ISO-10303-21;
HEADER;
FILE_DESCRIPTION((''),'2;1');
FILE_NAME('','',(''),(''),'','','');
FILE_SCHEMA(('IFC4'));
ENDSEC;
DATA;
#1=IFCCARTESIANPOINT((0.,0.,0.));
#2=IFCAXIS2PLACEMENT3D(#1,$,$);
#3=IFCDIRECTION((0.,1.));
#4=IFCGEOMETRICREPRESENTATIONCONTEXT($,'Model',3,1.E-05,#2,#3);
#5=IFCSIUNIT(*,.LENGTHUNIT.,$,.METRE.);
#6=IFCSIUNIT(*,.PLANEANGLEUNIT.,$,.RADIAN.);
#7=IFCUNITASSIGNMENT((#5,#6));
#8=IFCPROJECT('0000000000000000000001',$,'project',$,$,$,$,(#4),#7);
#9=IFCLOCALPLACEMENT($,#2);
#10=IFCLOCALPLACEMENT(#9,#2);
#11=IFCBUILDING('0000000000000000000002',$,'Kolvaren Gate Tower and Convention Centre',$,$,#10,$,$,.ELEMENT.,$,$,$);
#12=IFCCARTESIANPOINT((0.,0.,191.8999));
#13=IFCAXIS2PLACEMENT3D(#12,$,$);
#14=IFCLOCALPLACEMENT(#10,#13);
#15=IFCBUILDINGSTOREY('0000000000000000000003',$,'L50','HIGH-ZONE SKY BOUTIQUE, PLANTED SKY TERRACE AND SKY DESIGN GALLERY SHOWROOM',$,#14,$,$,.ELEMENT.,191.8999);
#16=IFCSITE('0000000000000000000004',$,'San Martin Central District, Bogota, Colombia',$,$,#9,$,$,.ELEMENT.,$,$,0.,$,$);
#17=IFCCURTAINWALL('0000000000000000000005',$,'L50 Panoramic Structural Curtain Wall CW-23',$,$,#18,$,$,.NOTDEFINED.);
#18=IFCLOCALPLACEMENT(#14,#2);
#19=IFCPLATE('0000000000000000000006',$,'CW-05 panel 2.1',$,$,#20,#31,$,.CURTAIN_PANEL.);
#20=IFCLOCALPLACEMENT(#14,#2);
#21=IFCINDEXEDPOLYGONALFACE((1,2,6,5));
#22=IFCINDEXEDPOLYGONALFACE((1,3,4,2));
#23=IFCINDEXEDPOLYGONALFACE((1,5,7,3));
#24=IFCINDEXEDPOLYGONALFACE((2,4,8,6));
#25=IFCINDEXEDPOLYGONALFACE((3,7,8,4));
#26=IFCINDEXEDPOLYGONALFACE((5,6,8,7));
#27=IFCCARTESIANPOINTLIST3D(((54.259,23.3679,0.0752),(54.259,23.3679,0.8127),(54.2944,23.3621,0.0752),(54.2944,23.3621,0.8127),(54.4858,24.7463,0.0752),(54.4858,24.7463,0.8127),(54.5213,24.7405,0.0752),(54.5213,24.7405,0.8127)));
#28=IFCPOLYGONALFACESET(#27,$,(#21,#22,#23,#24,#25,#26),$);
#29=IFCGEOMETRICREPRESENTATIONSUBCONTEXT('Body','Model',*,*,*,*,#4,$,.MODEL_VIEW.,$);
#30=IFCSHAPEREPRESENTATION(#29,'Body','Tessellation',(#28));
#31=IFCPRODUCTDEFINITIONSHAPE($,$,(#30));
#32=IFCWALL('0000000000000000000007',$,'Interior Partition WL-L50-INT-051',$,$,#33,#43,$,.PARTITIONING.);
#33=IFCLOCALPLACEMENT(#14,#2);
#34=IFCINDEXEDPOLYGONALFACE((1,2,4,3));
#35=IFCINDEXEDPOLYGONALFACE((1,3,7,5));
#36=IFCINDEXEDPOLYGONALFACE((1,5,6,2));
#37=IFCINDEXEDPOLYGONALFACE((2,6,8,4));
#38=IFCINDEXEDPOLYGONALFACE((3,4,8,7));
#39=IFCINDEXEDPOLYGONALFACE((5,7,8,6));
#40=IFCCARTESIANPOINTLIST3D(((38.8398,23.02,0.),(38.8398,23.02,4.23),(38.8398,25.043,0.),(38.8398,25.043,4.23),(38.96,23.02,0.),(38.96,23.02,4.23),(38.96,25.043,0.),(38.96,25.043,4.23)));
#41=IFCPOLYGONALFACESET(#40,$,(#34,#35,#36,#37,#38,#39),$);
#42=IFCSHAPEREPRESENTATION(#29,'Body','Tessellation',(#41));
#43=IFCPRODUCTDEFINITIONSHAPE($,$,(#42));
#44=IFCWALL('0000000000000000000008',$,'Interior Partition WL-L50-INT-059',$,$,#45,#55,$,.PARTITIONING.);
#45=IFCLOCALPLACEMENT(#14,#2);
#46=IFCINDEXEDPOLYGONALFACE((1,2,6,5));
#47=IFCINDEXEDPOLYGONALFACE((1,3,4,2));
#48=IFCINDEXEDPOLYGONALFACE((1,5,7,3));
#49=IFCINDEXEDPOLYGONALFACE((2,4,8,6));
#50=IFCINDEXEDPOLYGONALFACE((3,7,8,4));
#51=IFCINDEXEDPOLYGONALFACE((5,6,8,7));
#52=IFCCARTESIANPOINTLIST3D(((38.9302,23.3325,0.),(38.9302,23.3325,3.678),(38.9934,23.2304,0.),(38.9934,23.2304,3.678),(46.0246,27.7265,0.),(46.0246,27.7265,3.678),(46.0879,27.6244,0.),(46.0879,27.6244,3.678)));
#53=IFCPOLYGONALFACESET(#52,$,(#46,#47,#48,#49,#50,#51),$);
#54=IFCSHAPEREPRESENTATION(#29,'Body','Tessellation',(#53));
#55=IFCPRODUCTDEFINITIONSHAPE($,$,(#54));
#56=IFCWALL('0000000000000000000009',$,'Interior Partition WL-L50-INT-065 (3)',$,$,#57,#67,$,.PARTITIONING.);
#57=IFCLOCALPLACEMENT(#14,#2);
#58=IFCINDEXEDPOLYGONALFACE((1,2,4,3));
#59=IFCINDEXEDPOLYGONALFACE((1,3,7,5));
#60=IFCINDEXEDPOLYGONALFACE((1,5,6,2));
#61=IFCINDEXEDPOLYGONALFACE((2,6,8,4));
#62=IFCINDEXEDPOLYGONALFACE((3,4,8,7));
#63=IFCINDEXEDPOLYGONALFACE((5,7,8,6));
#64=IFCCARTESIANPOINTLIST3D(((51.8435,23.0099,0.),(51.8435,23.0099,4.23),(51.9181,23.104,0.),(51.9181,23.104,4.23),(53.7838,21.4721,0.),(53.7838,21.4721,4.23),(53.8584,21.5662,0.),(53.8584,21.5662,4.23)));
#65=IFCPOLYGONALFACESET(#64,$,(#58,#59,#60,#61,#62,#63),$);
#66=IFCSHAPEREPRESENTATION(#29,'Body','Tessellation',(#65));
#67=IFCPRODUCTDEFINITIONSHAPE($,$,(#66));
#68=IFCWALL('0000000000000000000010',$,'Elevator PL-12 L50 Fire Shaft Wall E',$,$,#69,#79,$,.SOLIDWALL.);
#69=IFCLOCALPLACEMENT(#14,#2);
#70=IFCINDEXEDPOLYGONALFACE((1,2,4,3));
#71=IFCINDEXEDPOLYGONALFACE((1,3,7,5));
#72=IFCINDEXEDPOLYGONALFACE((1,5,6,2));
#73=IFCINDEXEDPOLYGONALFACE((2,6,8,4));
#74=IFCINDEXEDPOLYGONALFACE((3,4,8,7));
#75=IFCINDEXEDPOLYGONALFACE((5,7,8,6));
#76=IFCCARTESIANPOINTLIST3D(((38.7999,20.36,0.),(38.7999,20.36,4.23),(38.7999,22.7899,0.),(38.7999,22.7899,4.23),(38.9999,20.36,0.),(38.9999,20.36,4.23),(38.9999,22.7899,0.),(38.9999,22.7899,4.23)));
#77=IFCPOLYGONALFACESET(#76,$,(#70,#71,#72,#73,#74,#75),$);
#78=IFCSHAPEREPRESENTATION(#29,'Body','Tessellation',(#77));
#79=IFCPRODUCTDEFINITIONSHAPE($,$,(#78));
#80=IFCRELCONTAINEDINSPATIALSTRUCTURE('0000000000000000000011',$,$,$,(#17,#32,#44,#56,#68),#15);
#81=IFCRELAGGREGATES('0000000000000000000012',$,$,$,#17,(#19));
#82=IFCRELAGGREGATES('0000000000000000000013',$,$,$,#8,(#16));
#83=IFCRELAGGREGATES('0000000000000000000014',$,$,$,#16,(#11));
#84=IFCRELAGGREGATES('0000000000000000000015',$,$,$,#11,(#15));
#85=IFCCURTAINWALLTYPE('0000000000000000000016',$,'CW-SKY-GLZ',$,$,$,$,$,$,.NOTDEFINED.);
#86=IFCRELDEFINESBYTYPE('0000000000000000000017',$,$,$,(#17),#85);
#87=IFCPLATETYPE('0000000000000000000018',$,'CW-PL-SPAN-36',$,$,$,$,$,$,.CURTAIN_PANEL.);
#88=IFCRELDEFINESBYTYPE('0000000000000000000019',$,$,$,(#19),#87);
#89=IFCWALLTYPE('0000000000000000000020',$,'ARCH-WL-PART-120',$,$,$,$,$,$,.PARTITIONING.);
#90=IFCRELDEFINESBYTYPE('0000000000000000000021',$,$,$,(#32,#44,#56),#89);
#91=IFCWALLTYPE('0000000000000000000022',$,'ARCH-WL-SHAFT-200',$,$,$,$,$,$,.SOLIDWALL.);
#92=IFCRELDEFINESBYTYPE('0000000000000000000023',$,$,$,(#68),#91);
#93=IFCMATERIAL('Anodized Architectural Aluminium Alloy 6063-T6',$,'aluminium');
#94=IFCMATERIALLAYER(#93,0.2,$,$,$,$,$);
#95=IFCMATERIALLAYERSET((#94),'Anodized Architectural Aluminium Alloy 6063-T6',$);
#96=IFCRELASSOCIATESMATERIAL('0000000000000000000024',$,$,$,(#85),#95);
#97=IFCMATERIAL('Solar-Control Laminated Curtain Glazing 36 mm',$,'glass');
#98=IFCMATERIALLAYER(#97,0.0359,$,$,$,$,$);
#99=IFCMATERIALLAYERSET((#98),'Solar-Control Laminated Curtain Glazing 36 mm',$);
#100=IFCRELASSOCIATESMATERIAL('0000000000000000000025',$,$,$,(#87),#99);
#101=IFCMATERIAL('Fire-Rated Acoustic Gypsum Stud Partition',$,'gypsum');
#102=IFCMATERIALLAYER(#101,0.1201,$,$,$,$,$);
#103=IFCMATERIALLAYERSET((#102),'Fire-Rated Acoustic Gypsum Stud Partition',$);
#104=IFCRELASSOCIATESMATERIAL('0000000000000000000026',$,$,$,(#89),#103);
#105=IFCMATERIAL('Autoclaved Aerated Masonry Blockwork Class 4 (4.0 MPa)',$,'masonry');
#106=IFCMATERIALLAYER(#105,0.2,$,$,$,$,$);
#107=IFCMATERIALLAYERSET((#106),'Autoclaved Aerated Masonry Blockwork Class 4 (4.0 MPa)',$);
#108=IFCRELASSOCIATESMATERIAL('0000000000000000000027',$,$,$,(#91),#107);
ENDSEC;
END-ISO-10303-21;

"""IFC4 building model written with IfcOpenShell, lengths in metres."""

from ifc_helpers import new_model, si_unit, direction, frame, frame_2d, origin, origin_2d, place, context, subcontext, project, spatial, rectangle, extrude, material, layer, layer_set, type_object, element, aggregate, save


model = new_model("IFC4")

# Units and contexts
model_context = context("Model", 3, precision=1e-05, world=origin(), true_north=direction((0.0, 1.0)))
body_context = subcontext(model_context, "Body", "Model", "MODEL_VIEW")
ifc_project = project(units=[si_unit("LENGTHUNIT", "METRE"), si_unit("PLANEANGLEUNIT", "RADIAN")], contexts=[model_context])

# Site, building, storey
site_placement = place(None, origin())
site = spatial("IfcSite", under=ifc_project, at=site_placement, Name="San Martin Central District, Bogota, Colombia", CompositionType="ELEMENT", RefElevation=0.0)
building_placement = place(site_placement, origin())
building = spatial("IfcBuilding", under=site, at=building_placement, Name="Kolvaren Gate Tower and Convention Centre", CompositionType="ELEMENT")
storey_placement = place(building_placement, frame((0.0, 0.0, 191.8999)))
storey = spatial("IfcBuildingStorey", under=building, at=storey_placement, Name="L50", Description="HIGH-ZONE SKY BOUTIQUE, PLANTED SKY TERRACE AND SKY DESIGN GALLERY SHOWROOM", CompositionType="ELEMENT", Elevation=191.8999)

# Curtain wall
ifc_material_1 = material(Name="Anodized Architectural Aluminium Alloy 6063-T6", Category="aluminium")
ifc_layer_1 = layer(ifc_material_1, 0.2)
ifc_layer_set_1 = layer_set([ifc_layer_1], Name="Anodized Architectural Aluminium Alloy 6063-T6")
curtain_wall_type = type_object("IfcCurtainWallType", Name="CW-SKY-GLZ", PredefinedType="NOTDEFINED", material=ifc_layer_set_1)
curtain_wall_1_placement = place(storey_placement, origin())
curtain_wall_1 = element("IfcCurtainWall", 1, at=curtain_wall_1_placement, inside=storey, type_object=curtain_wall_type, Name="L50 Panoramic Structural Curtain Wall CW-23", PredefinedType="NOTDEFINED")

# Plate
ifc_material_2 = material(Name="Solar-Control Laminated Curtain Glazing 36 mm", Category="glass")
ifc_layer_2 = layer(ifc_material_2, 0.0359)
ifc_layer_set_2 = layer_set([ifc_layer_2], Name="Solar-Control Laminated Curtain Glazing 36 mm")
plate_type_1 = type_object("IfcPlateType", Name="CW-PL-SPAN-36", PredefinedType="CURTAIN_PANEL", material=ifc_layer_set_2)
plate_1_placement = place(storey_placement, frame((54.3901, 24.0542, 0.0752), z_axis=(0.0, 0.0, 1.0), x_axis=(0.162364, 0.986731, 0.0)))
plate_1 = element("IfcPlate", 2, at=plate_1_placement, type_object=plate_type_1, Name="CW-05 panel 2.1", PredefinedType="CURTAIN_PANEL", context=body_context, shape_type="SweptSolid", body=[
    extrude(rectangle(XDim=1.397, YDim=0.0359, at=origin_2d()), origin(), (0.0, 0.0, 1.0), 0.7375),
])
aggregate(curtain_wall_1, [plate_1])

# Walls
ifc_material_3 = material(Name="Fire-Rated Acoustic Gypsum Stud Partition", Category="gypsum")
ifc_layer_3 = layer(ifc_material_3, 0.1201)
ifc_layer_set_3 = layer_set([ifc_layer_3], Name="Fire-Rated Acoustic Gypsum Stud Partition")
wall_type_1 = type_object("IfcWallType", Name="ARCH-WL-PART-120", PredefinedType="PARTITIONING", material=ifc_layer_set_3)
wall_1_placement = place(storey_placement, frame((38.8999, 23.02, 0.0), z_axis=(0.0, 0.0, 1.0), x_axis=(0.0, 1.0, 0.0)))
element("IfcWall", 3, at=wall_1_placement, inside=storey, type_object=wall_type_1, Name="Interior Partition WL-L50-INT-051", PredefinedType="PARTITIONING", context=body_context, shape_type="SweptSolid", body=[
    extrude(rectangle(XDim=2.0229, YDim=0.1201, at=frame_2d((1.0115, 0.0))), origin(), (0.0, 0.0, 1.0), 4.23),
])
wall_2_placement = place(storey_placement, frame((38.9619, 23.2815, 0.0), z_axis=(0.0, 0.0, 1.0), x_axis=(0.850146, 0.526547, 0.0)))
element("IfcWall", 4, at=wall_2_placement, inside=storey, type_object=wall_type_1, Name="Interior Partition WL-L50-INT-059", PredefinedType="PARTITIONING", context=body_context, shape_type="SweptSolid", body=[
    extrude(rectangle(XDim=8.345, YDim=0.1201, at=frame_2d((4.1724, 0.0))), origin(), (0.0, 0.0, 1.0), 3.678),
])
wall_3_placement = place(storey_placement, frame((51.8809, 23.0569, 0.0), z_axis=(0.0, 0.0, 1.0), x_axis=(0.783718, -0.621117, 0.0)))
element("IfcWall", 5, at=wall_3_placement, inside=storey, type_object=wall_type_1, Name="Interior Partition WL-L50-INT-065 (3)", PredefinedType="PARTITIONING", context=body_context, shape_type="SweptSolid", body=[
    extrude(rectangle(XDim=2.4758, YDim=0.1201, at=frame_2d((1.2378, 0.0))), origin(), (0.0, 0.0, 1.0), 4.23),
])
ifc_material_4 = material(Name="Autoclaved Aerated Masonry Blockwork Class 4 (4.0 MPa)", Category="masonry")
ifc_layer_4 = layer(ifc_material_4, 0.2)
ifc_layer_set_4 = layer_set([ifc_layer_4], Name="Autoclaved Aerated Masonry Blockwork Class 4 (4.0 MPa)")
wall_type_2 = type_object("IfcWallType", Name="ARCH-WL-SHAFT-200", PredefinedType="SOLIDWALL", material=ifc_layer_set_4)
wall_4_placement = place(storey_placement, frame((38.8999, 20.3601, 0.0), z_axis=(0.0, 0.0, 1.0), x_axis=(0.0, 1.0, 0.0)))
element("IfcWall", 6, at=wall_4_placement, inside=storey, type_object=wall_type_2, Name="Elevator PL-12 L50 Fire Shaft Wall E", PredefinedType="SOLIDWALL", context=body_context, shape_type="SweptSolid", body=[
    extrude(rectangle(XDim=2.4299, YDim=0.2, at=frame_2d((1.2148, 0.0))), origin(), (0.0, 0.0, 1.0), 4.23),
])

save(model, "model.ifc")
